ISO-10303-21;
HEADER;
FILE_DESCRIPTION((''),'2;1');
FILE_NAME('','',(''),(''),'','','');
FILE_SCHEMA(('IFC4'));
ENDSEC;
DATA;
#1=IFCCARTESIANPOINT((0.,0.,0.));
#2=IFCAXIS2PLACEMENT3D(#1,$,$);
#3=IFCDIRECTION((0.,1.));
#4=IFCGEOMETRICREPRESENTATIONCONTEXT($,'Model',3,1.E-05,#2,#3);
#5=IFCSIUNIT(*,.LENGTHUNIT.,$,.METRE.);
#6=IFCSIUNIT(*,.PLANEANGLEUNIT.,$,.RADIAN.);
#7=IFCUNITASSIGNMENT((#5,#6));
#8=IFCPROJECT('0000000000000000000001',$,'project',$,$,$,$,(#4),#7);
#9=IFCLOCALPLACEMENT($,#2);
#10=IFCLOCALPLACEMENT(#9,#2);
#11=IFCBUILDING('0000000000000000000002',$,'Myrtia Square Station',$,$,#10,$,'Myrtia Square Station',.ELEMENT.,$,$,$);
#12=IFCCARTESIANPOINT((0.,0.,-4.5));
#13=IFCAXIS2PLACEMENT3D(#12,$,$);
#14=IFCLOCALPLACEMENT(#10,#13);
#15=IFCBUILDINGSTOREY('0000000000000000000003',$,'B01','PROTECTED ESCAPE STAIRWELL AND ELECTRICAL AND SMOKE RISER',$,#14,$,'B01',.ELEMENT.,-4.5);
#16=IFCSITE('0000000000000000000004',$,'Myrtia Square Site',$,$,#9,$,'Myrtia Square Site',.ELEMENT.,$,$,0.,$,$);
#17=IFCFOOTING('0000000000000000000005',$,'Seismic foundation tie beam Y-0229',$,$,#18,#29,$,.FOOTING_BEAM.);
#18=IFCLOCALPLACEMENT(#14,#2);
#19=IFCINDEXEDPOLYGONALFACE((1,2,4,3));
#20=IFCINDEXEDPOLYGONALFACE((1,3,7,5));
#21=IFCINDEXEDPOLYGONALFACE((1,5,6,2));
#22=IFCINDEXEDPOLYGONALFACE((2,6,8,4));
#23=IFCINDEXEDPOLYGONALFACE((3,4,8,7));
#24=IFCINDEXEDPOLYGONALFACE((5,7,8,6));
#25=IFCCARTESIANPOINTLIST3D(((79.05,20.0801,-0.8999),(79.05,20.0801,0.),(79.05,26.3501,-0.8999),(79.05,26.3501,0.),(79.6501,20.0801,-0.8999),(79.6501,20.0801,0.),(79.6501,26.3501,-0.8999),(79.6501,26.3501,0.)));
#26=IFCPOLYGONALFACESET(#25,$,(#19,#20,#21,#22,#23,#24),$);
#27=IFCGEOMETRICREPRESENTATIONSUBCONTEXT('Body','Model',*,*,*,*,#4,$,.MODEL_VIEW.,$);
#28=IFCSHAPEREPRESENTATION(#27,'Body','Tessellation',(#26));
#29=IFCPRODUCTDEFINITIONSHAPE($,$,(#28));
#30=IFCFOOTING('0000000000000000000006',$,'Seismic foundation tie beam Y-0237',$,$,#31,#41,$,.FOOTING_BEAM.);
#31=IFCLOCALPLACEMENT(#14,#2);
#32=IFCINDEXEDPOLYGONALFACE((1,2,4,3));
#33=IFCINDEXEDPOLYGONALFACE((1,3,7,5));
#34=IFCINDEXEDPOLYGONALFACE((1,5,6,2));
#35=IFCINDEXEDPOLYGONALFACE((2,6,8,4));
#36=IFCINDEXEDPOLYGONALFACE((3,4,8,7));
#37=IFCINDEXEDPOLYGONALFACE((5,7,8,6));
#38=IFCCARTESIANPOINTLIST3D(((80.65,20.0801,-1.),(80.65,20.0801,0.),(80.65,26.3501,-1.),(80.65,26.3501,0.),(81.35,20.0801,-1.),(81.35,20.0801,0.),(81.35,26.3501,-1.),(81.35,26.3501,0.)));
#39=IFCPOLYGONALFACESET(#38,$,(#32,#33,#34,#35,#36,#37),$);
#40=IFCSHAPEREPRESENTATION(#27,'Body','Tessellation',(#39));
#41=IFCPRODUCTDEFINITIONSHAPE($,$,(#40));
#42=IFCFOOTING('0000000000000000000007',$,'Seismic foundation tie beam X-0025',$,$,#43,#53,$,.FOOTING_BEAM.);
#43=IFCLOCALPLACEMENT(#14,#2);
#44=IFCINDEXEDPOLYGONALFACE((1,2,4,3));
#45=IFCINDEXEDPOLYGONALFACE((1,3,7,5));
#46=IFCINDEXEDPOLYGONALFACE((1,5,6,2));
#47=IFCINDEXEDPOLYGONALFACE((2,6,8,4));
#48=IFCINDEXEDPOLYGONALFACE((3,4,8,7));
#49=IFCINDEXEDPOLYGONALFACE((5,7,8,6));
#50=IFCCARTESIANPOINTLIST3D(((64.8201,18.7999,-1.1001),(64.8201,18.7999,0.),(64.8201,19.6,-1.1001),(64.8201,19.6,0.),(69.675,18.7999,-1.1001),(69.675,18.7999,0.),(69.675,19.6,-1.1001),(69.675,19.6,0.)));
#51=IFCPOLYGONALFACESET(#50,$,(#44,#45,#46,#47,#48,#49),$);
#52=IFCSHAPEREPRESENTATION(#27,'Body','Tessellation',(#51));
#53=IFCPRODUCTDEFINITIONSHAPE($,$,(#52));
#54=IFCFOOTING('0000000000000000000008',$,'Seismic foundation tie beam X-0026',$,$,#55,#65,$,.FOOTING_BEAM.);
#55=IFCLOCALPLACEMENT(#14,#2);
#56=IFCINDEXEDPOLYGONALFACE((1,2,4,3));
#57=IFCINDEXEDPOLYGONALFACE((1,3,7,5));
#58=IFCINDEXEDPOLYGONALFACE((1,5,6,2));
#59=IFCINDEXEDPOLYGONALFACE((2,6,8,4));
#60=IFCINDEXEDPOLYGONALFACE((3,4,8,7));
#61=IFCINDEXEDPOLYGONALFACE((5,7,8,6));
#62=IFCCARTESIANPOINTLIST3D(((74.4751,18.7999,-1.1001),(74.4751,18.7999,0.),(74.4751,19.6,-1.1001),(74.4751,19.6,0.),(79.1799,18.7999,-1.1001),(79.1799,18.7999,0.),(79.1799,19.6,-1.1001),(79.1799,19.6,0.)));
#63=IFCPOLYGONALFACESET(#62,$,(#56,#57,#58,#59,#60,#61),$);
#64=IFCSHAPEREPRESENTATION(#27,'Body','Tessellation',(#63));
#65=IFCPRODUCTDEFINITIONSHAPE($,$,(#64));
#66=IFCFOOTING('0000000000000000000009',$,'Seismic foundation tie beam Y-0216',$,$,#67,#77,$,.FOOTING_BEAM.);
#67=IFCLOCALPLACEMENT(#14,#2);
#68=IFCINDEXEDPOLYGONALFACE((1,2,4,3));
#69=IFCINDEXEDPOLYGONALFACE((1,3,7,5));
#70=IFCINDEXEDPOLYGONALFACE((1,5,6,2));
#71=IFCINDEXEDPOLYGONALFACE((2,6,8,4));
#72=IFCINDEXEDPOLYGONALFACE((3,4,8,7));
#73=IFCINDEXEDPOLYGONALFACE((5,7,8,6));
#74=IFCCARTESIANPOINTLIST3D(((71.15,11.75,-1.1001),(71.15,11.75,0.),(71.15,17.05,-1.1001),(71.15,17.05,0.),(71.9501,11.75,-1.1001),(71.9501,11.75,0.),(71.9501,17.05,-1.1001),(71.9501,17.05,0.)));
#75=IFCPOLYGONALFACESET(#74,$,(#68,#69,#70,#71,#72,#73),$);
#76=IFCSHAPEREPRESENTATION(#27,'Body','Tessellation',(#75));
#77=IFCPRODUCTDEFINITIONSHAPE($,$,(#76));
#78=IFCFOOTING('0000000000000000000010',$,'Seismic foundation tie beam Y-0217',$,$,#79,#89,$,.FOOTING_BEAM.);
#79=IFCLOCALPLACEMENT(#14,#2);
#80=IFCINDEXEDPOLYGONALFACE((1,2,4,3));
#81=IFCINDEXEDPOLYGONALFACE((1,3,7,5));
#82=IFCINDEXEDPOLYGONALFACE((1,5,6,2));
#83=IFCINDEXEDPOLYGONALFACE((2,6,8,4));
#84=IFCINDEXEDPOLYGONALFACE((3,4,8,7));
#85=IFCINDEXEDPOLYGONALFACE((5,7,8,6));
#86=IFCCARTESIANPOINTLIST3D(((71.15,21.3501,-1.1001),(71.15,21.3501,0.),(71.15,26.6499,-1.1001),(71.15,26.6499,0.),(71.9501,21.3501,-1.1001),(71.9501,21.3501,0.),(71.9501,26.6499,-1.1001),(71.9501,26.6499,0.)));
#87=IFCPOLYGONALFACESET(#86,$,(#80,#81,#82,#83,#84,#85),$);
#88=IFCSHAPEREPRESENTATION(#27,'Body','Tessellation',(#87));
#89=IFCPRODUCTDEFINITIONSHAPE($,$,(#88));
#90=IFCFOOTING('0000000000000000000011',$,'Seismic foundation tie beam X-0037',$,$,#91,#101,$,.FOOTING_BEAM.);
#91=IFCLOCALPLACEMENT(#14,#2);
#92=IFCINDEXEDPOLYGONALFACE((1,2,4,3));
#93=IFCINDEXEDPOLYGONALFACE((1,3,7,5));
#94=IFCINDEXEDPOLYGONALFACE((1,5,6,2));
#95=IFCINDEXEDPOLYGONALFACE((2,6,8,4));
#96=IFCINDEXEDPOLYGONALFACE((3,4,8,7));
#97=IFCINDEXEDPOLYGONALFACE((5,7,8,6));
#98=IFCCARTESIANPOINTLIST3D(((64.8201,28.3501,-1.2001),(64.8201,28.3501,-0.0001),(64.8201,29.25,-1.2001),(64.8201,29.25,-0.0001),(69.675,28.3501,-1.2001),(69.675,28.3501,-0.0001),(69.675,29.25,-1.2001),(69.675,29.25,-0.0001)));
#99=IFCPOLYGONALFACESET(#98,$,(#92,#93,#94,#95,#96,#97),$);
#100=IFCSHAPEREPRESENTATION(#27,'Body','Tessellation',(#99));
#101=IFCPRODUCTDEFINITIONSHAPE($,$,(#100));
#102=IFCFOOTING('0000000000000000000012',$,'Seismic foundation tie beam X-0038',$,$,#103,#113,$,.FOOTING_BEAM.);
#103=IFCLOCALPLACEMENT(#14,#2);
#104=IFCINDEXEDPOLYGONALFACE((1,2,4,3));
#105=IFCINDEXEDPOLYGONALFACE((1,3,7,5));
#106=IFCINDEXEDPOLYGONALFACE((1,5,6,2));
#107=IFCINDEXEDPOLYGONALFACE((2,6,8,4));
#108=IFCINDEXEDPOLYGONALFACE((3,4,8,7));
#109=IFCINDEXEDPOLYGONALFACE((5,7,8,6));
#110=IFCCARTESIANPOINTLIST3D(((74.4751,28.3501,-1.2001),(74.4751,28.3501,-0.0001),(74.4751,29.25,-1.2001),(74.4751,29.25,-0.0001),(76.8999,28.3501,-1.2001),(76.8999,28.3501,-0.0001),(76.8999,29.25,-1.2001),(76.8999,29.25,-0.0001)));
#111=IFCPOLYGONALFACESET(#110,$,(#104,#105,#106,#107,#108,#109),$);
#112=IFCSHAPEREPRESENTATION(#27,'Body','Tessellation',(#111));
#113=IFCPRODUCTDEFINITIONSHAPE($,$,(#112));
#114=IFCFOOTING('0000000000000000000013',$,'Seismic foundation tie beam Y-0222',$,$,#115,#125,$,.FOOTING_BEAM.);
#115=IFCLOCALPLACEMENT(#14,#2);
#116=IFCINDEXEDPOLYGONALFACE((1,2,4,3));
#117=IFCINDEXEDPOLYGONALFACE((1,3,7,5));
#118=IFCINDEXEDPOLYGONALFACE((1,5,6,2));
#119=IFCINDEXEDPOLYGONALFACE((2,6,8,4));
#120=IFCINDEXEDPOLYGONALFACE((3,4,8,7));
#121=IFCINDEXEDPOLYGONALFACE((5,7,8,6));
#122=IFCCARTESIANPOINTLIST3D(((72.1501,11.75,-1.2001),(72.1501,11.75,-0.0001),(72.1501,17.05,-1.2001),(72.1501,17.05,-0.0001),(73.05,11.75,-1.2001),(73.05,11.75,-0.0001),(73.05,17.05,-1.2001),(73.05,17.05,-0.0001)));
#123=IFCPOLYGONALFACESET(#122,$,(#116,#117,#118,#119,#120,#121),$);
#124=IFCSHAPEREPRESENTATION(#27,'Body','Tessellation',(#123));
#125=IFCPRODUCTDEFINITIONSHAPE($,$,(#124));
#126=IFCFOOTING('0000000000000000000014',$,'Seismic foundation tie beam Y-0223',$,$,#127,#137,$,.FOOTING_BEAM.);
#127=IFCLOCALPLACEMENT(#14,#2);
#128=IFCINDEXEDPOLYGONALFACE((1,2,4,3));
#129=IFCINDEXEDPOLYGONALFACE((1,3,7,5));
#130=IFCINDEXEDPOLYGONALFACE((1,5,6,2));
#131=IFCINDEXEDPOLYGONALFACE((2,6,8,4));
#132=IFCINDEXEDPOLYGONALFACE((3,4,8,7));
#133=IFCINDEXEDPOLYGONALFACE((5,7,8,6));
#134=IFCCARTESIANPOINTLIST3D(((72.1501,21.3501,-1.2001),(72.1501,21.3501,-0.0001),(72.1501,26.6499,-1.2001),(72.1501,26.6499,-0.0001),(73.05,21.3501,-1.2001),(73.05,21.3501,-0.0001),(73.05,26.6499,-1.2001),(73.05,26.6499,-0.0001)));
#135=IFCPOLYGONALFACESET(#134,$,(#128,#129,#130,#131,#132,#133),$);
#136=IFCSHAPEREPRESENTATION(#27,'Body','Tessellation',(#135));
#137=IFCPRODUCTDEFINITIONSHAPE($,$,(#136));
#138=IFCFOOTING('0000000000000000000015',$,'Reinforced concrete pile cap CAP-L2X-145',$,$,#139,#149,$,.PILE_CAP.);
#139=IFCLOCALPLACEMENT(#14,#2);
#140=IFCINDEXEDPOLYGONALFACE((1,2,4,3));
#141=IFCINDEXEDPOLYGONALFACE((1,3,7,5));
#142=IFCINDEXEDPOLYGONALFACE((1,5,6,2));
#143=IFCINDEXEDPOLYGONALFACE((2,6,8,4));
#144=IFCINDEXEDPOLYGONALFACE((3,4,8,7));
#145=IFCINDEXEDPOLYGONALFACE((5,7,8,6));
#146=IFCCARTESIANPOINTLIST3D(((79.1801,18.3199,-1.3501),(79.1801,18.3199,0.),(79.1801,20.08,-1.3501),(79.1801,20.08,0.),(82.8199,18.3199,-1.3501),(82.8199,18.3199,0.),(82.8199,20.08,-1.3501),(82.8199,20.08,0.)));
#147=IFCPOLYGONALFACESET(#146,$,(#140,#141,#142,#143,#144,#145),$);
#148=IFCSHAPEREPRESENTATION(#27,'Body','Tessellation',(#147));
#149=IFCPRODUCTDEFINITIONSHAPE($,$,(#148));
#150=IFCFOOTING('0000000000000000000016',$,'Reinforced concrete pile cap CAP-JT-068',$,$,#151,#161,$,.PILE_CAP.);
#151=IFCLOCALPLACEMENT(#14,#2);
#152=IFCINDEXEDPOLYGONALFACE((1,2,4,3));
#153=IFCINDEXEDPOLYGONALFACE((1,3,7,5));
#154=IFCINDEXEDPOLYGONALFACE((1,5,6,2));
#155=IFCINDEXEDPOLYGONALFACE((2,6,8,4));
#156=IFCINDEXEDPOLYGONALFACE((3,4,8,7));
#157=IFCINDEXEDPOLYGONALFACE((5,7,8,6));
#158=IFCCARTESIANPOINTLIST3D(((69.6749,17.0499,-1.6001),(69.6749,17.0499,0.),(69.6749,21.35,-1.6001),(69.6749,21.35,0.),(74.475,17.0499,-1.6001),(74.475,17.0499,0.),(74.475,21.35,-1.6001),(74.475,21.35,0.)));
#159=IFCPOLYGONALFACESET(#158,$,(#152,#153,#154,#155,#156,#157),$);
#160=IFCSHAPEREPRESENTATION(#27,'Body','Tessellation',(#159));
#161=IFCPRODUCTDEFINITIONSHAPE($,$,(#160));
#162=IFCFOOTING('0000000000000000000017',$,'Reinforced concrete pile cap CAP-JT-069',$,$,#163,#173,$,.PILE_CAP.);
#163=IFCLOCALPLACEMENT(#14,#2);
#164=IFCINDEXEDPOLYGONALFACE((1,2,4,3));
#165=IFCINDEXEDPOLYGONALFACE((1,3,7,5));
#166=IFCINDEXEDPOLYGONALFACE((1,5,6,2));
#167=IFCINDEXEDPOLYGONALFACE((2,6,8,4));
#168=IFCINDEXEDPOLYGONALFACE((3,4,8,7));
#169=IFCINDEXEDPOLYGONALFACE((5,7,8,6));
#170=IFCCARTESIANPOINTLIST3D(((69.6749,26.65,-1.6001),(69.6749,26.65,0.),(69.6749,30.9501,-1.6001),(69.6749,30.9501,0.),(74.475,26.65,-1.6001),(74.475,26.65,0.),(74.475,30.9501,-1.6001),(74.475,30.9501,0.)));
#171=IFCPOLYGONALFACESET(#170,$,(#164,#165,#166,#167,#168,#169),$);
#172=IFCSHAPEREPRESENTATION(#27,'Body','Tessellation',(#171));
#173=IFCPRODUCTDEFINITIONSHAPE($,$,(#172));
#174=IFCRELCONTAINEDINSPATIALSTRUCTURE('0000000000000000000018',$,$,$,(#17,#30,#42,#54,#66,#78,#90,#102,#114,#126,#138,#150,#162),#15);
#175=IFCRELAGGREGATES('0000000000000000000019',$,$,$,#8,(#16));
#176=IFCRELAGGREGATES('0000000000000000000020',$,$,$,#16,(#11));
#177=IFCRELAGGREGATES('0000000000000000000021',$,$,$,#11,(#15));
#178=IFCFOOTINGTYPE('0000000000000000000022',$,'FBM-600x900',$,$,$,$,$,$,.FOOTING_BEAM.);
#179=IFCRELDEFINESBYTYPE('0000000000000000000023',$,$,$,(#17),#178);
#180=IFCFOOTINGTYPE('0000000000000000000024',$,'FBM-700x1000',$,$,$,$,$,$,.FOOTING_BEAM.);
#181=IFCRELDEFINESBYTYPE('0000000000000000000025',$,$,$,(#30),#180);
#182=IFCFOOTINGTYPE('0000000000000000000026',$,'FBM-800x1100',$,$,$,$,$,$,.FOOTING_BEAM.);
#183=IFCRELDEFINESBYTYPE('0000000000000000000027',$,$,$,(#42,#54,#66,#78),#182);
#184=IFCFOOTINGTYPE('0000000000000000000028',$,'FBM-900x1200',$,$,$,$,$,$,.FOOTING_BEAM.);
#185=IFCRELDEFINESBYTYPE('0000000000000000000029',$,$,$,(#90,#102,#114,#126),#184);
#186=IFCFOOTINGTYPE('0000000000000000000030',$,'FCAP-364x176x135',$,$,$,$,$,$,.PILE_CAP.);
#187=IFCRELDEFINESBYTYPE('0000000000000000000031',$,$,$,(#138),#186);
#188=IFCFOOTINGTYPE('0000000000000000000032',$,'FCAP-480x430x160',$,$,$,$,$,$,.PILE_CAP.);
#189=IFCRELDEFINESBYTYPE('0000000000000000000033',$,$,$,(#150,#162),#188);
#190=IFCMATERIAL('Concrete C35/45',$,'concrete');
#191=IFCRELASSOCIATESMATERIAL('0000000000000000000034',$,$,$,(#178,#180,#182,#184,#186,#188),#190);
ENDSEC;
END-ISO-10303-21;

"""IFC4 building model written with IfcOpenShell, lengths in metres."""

from ifc_helpers import new_model, si_unit, direction, frame, origin, origin_2d, place, context, subcontext, project, spatial, rectangle, extrude, material, material_profile, profile_set, type_object, element, save


model = new_model("IFC4")

# Units and contexts
model_context = context("Model", 3, precision=1e-05, world=origin(), true_north=direction((0.0, 1.0)))
body_context = subcontext(model_context, "Body", "Model", "MODEL_VIEW")
ifc_project = project(units=[si_unit("LENGTHUNIT", "METRE"), si_unit("PLANEANGLEUNIT", "RADIAN")], contexts=[model_context])

# Site, building, storey
site_placement = place(None, origin())
site = spatial("IfcSite", under=ifc_project, at=site_placement, Name="Myrtia Square Site", LongName="Myrtia Square Site", CompositionType="ELEMENT", RefElevation=0.0)
building_placement = place(site_placement, origin())
building = spatial("IfcBuilding", under=site, at=building_placement, Name="Myrtia Square Station", LongName="Myrtia Square Station", CompositionType="ELEMENT")
storey_placement = place(building_placement, frame((0.0, 0.0, -4.5)))
storey = spatial("IfcBuildingStorey", under=building, at=storey_placement, Name="B01", Description="PROTECTED ESCAPE STAIRWELL AND ELECTRICAL AND SMOKE RISER", LongName="B01", CompositionType="ELEMENT", Elevation=-4.5)

# Footings
ifc_material_1 = material(Name="Concrete C35/45", Category="concrete")
ifc_material_profile_1 = material_profile(ifc_material_1, rectangle(XDim=0.6001, YDim=0.8999, at=origin_2d()), Name="FB 600x900")
ifc_profile_set_1 = profile_set([ifc_material_profile_1], Name="Concrete C35/45")
footing_type_1 = type_object("IfcFootingType", Name="FBM-600x900", PredefinedType="FOOTING_BEAM", material=ifc_profile_set_1)
footing_1_placement = place(storey_placement, frame((79.3501, 20.0801, -0.45), z_axis=(0.0, 1.0, 0.0), x_axis=(-1.0, 0.0, 0.0)))
element("IfcFooting", 1, at=footing_1_placement, inside=storey, type_object=footing_type_1, Name="Seismic foundation tie beam Y-0229", PredefinedType="FOOTING_BEAM", context=body_context, shape_type="SweptSolid", body=[
    extrude(rectangle(XDim=0.6001, YDim=0.8999, at=origin_2d()), origin(), (0.0, 0.0, 1.0), 6.27),
])
ifc_material_profile_2 = material_profile(ifc_material_1, rectangle(XDim=0.7, YDim=1.0, at=origin_2d()), Name="FB 700x1000")
ifc_profile_set_2 = profile_set([ifc_material_profile_2], Name="Concrete C35/45")
footing_type_2 = type_object("IfcFootingType", Name="FBM-700x1000", PredefinedType="FOOTING_BEAM", material=ifc_profile_set_2)
footing_2_placement = place(storey_placement, frame((81.0, 20.0801, -0.5), z_axis=(0.0, 1.0, 0.0), x_axis=(-1.0, 0.0, 0.0)))
element("IfcFooting", 2, at=footing_2_placement, inside=storey, type_object=footing_type_2, Name="Seismic foundation tie beam Y-0237", PredefinedType="FOOTING_BEAM", context=body_context, shape_type="SweptSolid", body=[
    extrude(rectangle(XDim=0.7, YDim=1.0, at=origin_2d()), origin(), (0.0, 0.0, 1.0), 6.27),
])
ifc_material_profile_3 = material_profile(ifc_material_1, rectangle(XDim=0.8, YDim=1.1001, at=origin_2d()), Name="FB 800x1100")
ifc_profile_set_3 = profile_set([ifc_material_profile_3], Name="Concrete C35/45")
footing_type_3 = type_object("IfcFootingType", Name="FBM-800x1100", PredefinedType="FOOTING_BEAM", material=ifc_profile_set_3)
footing_3_placement = place(storey_placement, frame((64.8201, 19.2, -0.55), z_axis=(1.0, 0.0, 0.0), x_axis=(0.0, 1.0, 0.0)))
element("IfcFooting", 3, at=footing_3_placement, inside=storey, type_object=footing_type_3, Name="Seismic foundation tie beam X-0025", PredefinedType="FOOTING_BEAM", context=body_context, shape_type="SweptSolid", body=[
    extrude(rectangle(XDim=0.8, YDim=1.1001, at=origin_2d()), origin(), (0.0, 0.0, 1.0), 4.855),
])
footing_4_placement = place(storey_placement, frame((74.4751, 19.2, -0.55), z_axis=(1.0, 0.0, 0.0), x_axis=(0.0, 1.0, 0.0)))
element("IfcFooting", 4, at=footing_4_placement, inside=storey, type_object=footing_type_3, Name="Seismic foundation tie beam X-0026", PredefinedType="FOOTING_BEAM", context=body_context, shape_type="SweptSolid", body=[
    extrude(rectangle(XDim=0.8, YDim=1.1001, at=origin_2d()), origin(), (0.0, 0.0, 1.0), 4.7048),
])
footing_5_placement = place(storey_placement, frame((71.55, 11.75, -0.55), z_axis=(0.0, 1.0, 0.0), x_axis=(-1.0, 0.0, 0.0)))
element("IfcFooting", 5, at=footing_5_placement, inside=storey, type_object=footing_type_3, Name="Seismic foundation tie beam Y-0216", PredefinedType="FOOTING_BEAM", context=body_context, shape_type="SweptSolid", body=[
    extrude(rectangle(XDim=0.8, YDim=1.1001, at=origin_2d()), origin(), (0.0, 0.0, 1.0), 5.3),
])
footing_6_placement = place(storey_placement, frame((71.55, 21.3501, -0.55), z_axis=(0.0, 1.0, 0.0), x_axis=(-1.0, 0.0, 0.0)))
element("IfcFooting", 6, at=footing_6_placement, inside=storey, type_object=footing_type_3, Name="Seismic foundation tie beam Y-0217", PredefinedType="FOOTING_BEAM", context=body_context, shape_type="SweptSolid", body=[
    extrude(rectangle(XDim=0.8, YDim=1.1001, at=origin_2d()), origin(), (0.0, 0.0, 1.0), 5.2998),
])
ifc_material_profile_4 = material_profile(ifc_material_1, rectangle(XDim=0.8999, YDim=1.2, at=origin_2d()), Name="FB 900x1200")
ifc_profile_set_4 = profile_set([ifc_material_profile_4], Name="Concrete C35/45")
footing_type_4 = type_object("IfcFootingType", Name="FBM-900x1200", PredefinedType="FOOTING_BEAM", material=ifc_profile_set_4)
footing_7_placement = place(storey_placement, frame((64.8201, 28.8, -0.6001), z_axis=(1.0, 0.0, 0.0), x_axis=(0.0, 1.0, 0.0)))
element("IfcFooting", 7, at=footing_7_placement, inside=storey, type_object=footing_type_4, Name="Seismic foundation tie beam X-0037", PredefinedType="FOOTING_BEAM", context=body_context, shape_type="SweptSolid", body=[
    extrude(rectangle(XDim=0.8999, YDim=1.2, at=origin_2d()), origin(), (0.0, 0.0, 1.0), 4.855),
])
footing_8_placement = place(storey_placement, frame((74.4751, 28.8, -0.6001), z_axis=(1.0, 0.0, 0.0), x_axis=(0.0, 1.0, 0.0)))
element("IfcFooting", 8, at=footing_8_placement, inside=storey, type_object=footing_type_4, Name="Seismic foundation tie beam X-0038", PredefinedType="FOOTING_BEAM", context=body_context, shape_type="SweptSolid", body=[
    extrude(rectangle(XDim=0.8999, YDim=1.2, at=origin_2d()), origin(), (0.0, 0.0, 1.0), 2.4248),
])
footing_9_placement = place(storey_placement, frame((72.6001, 11.75, -0.6001), z_axis=(0.0, 1.0, 0.0), x_axis=(-1.0, 0.0, 0.0)))
element("IfcFooting", 9, at=footing_9_placement, inside=storey, type_object=footing_type_4, Name="Seismic foundation tie beam Y-0222", PredefinedType="FOOTING_BEAM", context=body_context, shape_type="SweptSolid", body=[
    extrude(rectangle(XDim=0.8999, YDim=1.2, at=origin_2d()), origin(), (0.0, 0.0, 1.0), 5.3),
])
footing_10_placement = place(storey_placement, frame((72.6001, 21.3501, -0.6001), z_axis=(0.0, 1.0, 0.0), x_axis=(-1.0, 0.0, 0.0)))
element("IfcFooting", 10, at=footing_10_placement, inside=storey, type_object=footing_type_4, Name="Seismic foundation tie beam Y-0223", PredefinedType="FOOTING_BEAM", context=body_context, shape_type="SweptSolid", body=[
    extrude(rectangle(XDim=0.8999, YDim=1.2, at=origin_2d()), origin(), (0.0, 0.0, 1.0), 5.2998),
])
footing_type_5 = type_object("IfcFootingType", Name="FCAP-364x176x135", PredefinedType="PILE_CAP", material=ifc_material_1)
footing_11_placement = place(storey_placement, frame((81.0, 19.2, -1.3501), z_axis=(0.0, 0.0, 1.0), x_axis=(1.0, 0.0, 0.0)))
element("IfcFooting", 11, at=footing_11_placement, inside=storey, type_object=footing_type_5, Name="Reinforced concrete pile cap CAP-L2X-145", PredefinedType="PILE_CAP", context=body_context, shape_type="SweptSolid", body=[
    extrude(rectangle(XDim=3.6399, YDim=1.76, at=origin_2d()), origin(), (0.0, 0.0, 1.0), 1.3501),
])
footing_type_6 = type_object("IfcFootingType", Name="FCAP-480x430x160", PredefinedType="PILE_CAP", material=ifc_material_1)
for number, where, z_axis, x_axis, name in (
    (12, (72.075, 19.2, -1.6001), (0.0, 0.0, 1.0), (1.0, 0.0, 0.0), "Reinforced concrete pile cap CAP-JT-068"),
    (13, (72.075, 28.8, -1.6001), (0.0, 0.0, 1.0), (1.0, 0.0, 0.0), "Reinforced concrete pile cap CAP-JT-069"),
):
    element("IfcFooting", number, at=place(storey_placement, frame(where, z_axis=z_axis, x_axis=x_axis)), inside=storey, type_object=footing_type_6, Name=name, PredefinedType="PILE_CAP", context=body_context, shape_type="SweptSolid", body=[
        extrude(rectangle(XDim=4.8, YDim=4.3, at=origin_2d()), origin(), (0.0, 0.0, 1.0), 1.6001),
    ])

save(model, "model.ifc")
